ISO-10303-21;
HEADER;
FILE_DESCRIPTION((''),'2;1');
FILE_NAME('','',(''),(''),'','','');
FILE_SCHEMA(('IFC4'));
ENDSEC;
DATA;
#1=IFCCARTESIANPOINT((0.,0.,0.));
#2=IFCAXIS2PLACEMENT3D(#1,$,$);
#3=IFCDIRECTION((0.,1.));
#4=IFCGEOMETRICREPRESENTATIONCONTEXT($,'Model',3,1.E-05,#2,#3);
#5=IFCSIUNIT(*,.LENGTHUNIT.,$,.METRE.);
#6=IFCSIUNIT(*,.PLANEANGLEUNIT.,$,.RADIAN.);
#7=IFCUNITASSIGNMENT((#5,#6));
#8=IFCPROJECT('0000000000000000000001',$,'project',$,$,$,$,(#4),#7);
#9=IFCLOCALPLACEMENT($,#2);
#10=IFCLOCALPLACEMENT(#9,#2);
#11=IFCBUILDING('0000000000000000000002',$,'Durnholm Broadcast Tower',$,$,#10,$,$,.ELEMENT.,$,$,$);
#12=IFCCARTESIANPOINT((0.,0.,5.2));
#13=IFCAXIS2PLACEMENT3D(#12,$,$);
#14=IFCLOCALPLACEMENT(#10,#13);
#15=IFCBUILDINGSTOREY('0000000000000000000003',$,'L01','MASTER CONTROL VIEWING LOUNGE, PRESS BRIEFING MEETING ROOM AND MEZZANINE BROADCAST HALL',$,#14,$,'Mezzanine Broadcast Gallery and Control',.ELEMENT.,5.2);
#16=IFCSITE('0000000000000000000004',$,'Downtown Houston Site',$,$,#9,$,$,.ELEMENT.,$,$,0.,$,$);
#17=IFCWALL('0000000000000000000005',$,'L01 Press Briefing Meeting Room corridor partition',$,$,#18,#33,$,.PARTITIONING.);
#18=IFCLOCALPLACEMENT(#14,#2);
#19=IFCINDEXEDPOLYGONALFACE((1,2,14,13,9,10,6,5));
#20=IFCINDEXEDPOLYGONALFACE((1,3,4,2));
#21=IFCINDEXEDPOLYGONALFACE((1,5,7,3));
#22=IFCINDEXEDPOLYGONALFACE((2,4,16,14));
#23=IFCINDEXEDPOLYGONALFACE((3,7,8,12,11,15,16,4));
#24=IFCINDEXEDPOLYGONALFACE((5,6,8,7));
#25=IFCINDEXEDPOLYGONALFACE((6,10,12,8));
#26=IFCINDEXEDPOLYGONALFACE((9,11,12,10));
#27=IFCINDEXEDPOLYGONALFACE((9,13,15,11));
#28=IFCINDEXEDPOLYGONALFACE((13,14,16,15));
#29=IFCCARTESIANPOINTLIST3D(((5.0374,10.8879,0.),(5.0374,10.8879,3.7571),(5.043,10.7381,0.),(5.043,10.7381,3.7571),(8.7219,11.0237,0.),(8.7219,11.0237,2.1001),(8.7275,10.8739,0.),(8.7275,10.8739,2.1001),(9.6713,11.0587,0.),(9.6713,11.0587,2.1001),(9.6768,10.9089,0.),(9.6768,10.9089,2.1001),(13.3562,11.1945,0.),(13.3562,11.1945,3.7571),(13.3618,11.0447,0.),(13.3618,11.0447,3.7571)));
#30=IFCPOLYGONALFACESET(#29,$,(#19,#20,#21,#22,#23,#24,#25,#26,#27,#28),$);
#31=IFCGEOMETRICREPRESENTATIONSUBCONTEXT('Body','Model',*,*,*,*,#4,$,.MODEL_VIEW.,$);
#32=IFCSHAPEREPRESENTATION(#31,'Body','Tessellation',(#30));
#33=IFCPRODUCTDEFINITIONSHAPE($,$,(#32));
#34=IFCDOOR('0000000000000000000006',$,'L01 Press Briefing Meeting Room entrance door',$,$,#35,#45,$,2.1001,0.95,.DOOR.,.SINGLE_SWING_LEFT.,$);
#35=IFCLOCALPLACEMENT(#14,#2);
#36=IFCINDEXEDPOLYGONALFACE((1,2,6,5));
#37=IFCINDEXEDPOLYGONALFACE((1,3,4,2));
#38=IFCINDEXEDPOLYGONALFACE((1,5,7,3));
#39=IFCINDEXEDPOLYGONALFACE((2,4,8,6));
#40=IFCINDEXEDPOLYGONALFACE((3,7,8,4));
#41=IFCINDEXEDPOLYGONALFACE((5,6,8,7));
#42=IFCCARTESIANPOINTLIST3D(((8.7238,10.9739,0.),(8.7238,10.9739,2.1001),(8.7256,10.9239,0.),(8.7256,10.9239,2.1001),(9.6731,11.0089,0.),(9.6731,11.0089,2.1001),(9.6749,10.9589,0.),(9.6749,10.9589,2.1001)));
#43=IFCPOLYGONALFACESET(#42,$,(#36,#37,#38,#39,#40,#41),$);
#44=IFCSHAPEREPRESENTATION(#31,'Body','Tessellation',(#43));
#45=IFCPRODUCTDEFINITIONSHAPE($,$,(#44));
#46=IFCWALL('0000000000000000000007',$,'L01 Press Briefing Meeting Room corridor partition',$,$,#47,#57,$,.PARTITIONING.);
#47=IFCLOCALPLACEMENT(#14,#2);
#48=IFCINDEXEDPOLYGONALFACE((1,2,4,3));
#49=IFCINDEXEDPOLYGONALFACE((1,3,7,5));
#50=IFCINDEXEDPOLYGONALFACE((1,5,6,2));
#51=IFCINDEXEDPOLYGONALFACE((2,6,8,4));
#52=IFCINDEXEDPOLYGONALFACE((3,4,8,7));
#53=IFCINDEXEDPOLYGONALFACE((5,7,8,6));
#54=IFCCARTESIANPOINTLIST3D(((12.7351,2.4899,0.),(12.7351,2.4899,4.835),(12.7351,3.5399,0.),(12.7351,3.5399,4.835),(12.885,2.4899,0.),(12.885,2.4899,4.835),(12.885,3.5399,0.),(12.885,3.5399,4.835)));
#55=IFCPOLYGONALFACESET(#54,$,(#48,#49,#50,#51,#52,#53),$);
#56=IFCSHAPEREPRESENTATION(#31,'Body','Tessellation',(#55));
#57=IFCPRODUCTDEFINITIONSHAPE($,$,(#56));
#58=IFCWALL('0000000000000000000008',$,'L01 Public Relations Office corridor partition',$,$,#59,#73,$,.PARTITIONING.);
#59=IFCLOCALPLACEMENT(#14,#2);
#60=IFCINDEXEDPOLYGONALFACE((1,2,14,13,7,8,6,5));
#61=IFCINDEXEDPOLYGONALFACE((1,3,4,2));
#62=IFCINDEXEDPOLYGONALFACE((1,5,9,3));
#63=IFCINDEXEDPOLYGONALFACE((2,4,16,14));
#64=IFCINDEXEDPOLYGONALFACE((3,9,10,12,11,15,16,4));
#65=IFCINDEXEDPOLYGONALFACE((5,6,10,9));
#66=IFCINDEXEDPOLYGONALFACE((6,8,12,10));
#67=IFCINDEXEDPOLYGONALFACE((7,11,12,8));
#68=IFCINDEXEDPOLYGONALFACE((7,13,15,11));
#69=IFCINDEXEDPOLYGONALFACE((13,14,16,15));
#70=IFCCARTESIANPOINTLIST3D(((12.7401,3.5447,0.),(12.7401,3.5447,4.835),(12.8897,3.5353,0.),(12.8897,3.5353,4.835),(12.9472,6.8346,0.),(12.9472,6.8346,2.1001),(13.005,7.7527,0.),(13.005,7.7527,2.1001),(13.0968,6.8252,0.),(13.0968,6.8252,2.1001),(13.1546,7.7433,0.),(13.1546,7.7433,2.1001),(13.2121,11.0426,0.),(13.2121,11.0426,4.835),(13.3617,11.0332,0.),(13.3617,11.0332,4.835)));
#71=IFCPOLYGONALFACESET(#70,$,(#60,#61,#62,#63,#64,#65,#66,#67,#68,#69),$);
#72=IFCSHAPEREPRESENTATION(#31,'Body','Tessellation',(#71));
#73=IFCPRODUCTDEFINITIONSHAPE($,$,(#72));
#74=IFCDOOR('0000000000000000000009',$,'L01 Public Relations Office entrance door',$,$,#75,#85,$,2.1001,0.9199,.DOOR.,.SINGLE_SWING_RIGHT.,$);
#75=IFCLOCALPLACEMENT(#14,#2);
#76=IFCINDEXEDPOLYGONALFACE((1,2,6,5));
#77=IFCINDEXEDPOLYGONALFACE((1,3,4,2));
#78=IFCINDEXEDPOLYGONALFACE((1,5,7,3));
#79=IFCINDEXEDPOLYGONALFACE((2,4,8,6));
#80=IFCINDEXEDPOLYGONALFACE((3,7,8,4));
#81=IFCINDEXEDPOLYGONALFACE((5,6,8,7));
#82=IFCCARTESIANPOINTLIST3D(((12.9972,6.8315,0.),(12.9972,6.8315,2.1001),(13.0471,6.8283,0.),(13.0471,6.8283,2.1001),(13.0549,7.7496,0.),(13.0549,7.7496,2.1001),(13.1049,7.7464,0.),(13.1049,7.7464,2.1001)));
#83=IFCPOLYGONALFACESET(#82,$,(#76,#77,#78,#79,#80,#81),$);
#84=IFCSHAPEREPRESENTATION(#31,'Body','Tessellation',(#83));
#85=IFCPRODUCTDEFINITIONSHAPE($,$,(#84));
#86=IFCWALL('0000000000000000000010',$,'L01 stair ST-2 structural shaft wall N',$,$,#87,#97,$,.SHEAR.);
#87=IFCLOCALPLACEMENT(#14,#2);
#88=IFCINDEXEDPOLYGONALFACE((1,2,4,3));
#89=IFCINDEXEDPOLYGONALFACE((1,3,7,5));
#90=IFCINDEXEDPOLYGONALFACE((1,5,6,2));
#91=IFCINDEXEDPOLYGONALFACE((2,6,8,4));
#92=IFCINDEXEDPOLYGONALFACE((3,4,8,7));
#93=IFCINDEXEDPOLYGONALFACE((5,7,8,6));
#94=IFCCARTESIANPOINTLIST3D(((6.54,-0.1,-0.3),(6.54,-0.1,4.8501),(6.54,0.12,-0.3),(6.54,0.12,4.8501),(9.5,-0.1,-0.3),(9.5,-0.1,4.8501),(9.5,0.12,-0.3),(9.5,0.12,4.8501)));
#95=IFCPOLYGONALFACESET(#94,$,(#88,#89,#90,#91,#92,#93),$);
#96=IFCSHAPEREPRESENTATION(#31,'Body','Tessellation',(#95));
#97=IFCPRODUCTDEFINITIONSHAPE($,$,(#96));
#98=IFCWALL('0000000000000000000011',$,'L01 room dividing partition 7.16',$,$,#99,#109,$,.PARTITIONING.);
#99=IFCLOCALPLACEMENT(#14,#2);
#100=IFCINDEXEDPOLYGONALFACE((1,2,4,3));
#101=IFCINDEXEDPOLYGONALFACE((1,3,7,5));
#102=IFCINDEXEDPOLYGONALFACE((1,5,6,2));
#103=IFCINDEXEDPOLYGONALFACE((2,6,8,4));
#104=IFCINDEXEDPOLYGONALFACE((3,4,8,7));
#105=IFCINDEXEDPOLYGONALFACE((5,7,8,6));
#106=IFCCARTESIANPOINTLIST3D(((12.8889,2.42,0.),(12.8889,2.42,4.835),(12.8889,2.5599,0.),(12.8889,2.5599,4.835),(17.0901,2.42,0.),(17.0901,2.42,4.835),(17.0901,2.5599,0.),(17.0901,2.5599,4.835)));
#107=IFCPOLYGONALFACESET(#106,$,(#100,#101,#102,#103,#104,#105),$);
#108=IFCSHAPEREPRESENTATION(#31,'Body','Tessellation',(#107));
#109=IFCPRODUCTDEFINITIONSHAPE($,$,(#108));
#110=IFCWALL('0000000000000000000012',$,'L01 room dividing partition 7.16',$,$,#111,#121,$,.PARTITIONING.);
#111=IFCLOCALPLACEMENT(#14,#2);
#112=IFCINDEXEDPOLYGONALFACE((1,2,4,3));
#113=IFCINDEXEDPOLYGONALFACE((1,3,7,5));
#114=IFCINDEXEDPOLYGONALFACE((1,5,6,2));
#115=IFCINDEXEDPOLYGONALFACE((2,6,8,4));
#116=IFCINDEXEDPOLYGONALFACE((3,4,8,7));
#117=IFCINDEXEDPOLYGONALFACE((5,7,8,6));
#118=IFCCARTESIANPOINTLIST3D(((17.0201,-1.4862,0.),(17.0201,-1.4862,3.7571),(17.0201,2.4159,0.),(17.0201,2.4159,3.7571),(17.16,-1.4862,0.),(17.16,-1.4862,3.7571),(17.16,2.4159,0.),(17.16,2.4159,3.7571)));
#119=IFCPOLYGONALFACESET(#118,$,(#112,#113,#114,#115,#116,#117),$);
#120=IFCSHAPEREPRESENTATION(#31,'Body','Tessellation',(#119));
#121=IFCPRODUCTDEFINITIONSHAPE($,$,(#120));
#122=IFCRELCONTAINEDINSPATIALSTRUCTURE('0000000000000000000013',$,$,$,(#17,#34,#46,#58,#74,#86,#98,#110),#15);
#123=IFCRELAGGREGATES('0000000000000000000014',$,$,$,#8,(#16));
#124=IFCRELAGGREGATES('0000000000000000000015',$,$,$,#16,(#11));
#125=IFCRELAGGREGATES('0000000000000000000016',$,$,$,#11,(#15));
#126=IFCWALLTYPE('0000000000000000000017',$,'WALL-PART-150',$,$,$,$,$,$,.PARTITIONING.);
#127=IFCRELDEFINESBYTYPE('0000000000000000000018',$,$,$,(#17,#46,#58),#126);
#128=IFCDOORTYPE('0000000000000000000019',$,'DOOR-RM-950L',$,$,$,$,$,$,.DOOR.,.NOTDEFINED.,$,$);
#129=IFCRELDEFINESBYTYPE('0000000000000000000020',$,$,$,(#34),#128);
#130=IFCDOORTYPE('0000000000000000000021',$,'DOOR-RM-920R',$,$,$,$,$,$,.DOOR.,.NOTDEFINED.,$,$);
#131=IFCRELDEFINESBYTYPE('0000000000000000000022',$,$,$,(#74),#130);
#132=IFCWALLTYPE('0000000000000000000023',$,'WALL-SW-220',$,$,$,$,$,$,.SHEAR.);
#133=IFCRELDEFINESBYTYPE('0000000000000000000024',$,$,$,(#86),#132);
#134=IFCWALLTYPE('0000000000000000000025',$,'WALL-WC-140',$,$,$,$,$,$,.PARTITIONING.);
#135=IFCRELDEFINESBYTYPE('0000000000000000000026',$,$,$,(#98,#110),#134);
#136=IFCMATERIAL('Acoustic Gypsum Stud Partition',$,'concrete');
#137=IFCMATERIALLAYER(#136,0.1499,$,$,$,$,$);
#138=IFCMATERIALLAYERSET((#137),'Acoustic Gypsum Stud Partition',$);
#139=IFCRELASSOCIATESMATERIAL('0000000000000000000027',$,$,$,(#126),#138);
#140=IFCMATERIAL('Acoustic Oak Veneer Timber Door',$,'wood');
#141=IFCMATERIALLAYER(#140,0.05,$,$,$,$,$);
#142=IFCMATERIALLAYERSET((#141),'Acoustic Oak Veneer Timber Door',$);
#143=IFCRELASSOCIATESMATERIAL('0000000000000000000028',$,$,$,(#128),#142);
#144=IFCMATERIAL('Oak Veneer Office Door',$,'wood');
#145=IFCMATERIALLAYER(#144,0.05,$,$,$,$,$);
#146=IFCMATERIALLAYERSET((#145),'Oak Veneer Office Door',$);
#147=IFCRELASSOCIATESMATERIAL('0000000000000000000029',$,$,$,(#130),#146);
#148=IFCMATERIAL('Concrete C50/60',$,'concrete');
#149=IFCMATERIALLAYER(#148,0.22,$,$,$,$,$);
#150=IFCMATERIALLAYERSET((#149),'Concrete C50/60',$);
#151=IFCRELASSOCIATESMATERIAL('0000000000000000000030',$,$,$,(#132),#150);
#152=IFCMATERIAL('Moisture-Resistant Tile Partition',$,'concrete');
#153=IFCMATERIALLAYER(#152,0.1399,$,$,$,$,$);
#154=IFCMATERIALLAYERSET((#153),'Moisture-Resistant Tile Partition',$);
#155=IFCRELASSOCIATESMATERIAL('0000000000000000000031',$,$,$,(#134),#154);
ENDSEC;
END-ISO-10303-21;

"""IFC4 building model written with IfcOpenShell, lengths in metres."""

from ifc_helpers import new_model, si_unit, direction, frame, frame_2d, origin, place, context, subcontext, project, spatial, rectangle, extrude, source, transform, mapped, material, layer, layer_set, type_object, type_shapes, element, fill, save


model = new_model("IFC4")

# Units and contexts
model_context = context("Model", 3, precision=1e-05, world=origin(), true_north=direction((0.0, 1.0)))
body_context = subcontext(model_context, "Body", "Model", "MODEL_VIEW")
ifc_project = project(units=[si_unit("LENGTHUNIT", "METRE"), si_unit("PLANEANGLEUNIT", "RADIAN")], contexts=[model_context])

# Site, building, storey
site_placement = place(None, origin())
site = spatial("IfcSite", under=ifc_project, at=site_placement, Name="Downtown Houston Site", CompositionType="ELEMENT", RefElevation=0.0)
building_placement = place(site_placement, origin())
building = spatial("IfcBuilding", under=site, at=building_placement, Name="Durnholm Broadcast Tower", CompositionType="ELEMENT")
storey_placement = place(building_placement, frame((0.0, 0.0, 5.2)))
storey = spatial("IfcBuildingStorey", under=building, at=storey_placement, Name="L01", Description="MASTER CONTROL VIEWING LOUNGE, PRESS BRIEFING MEETING ROOM AND MEZZANINE BROADCAST HALL", LongName="Mezzanine Broadcast Gallery and Control", CompositionType="ELEMENT", Elevation=5.2)

# Wall, opening, door
ifc_material_1 = material(Name="Acoustic Gypsum Stud Partition", Category="concrete")
ifc_layer_1 = layer(ifc_material_1, 0.1499)
ifc_layer_set_1 = layer_set([ifc_layer_1], Name="Acoustic Gypsum Stud Partition")
wall_type_1 = type_object("IfcWallType", Name="WALL-PART-150", PredefinedType="PARTITIONING", material=ifc_layer_set_1)
wall_1_placement = place(storey_placement, frame((13.3589, 11.1196, 0.0), z_axis=(0.0, 0.0, 1.0), x_axis=(-0.999321, -0.036836, 0.0)))
wall_1 = element("IfcWall", 1, at=wall_1_placement, inside=storey, type_object=wall_type_1, Name="L01 Press Briefing Meeting Room corridor partition", PredefinedType="PARTITIONING", context=body_context, shape_type="SweptSolid", body=[
    extrude(rectangle(XDim=8.3245, YDim=0.1499, at=frame_2d((4.1621, 0.0))), origin(), (0.0, 0.0, 1.0), 3.7571),
])
opening_1_placement = place(wall_1_placement, frame((3.6873, 0.0, 0.0)))
opening_1 = element("IfcOpeningElement", 2, at=opening_1_placement, cuts=wall_1, PredefinedType="OPENING", context=body_context, shape_type="SweptSolid", body=[
    extrude(rectangle(XDim=0.95, YDim=2.1001, at=frame_2d((0.4751, 1.05))), frame((0.0, 0.085, 0.0), z_axis=(0.0, -1.0, 0.0), x_axis=(1.0, 0.0, 0.0)), (0.0, 0.0, 1.0), 0.1699),
])
ifc_material_2 = material(Name="Acoustic Oak Veneer Timber Door", Category="wood")
ifc_layer_2 = layer(ifc_material_2, 0.05)
ifc_layer_set_2 = layer_set([ifc_layer_2], Name="Acoustic Oak Veneer Timber Door")
door_type_1 = type_object("IfcDoorType", Name="DOOR-RM-950L", OperationType="NOTDEFINED", PredefinedType="DOOR", material=ifc_layer_set_2)
shared_shape_1 = source(origin(), body_context, "Body", "SweptSolid", [
    extrude(rectangle(XDim=0.95, YDim=2.1001, at=frame_2d((0.4751, 1.05))), frame((0.0, 0.0249, 0.0), z_axis=(0.0, -1.0, 0.0), x_axis=(1.0, 0.0, 0.0)), (0.0, 0.0, 1.0), 0.05),
])
type_shapes(door_type_1, [shared_shape_1])
door_1_placement = place(opening_1_placement, origin())
door_1 = element("IfcDoor", 3, at=door_1_placement, inside=storey, type_object=door_type_1, Name="L01 Press Briefing Meeting Room entrance door", OperationType="SINGLE_SWING_LEFT", OverallHeight=2.1001, OverallWidth=0.95, PredefinedType="DOOR", context=body_context, shape_type="MappedRepresentation", body=[
    mapped(shared_shape_1, transform((0.0, 0.0, 0.0), x_axis=(1.0, 0.0, 0.0), y_axis=(0.0, 1.0, 0.0), z_axis=(0.0, 0.0, 1.0), scale=1.0)),
])
fill(opening_1, door_1)

# Wall
wall_2_placement = place(storey_placement, frame((12.8101, 2.49, 0.0), z_axis=(0.0, 0.0, 1.0), x_axis=(0.0, 1.0, 0.0)))
element("IfcWall", 4, at=wall_2_placement, inside=storey, type_object=wall_type_1, Name="L01 Press Briefing Meeting Room corridor partition", PredefinedType="PARTITIONING", context=body_context, shape_type="SweptSolid", body=[
    extrude(rectangle(XDim=1.05, YDim=0.1499, at=frame_2d((0.5249, 0.0))), origin(), (0.0, 0.0, 1.0), 4.835),
])

# Wall, opening, door
wall_3_placement = place(storey_placement, frame((12.8149, 3.54, 0.0), z_axis=(0.0, 0.0, 1.0), x_axis=(0.062817, 0.998025, 0.0)))
wall_3 = element("IfcWall", 5, at=wall_3_placement, inside=storey, type_object=wall_type_1, Name="L01 Public Relations Office corridor partition", PredefinedType="PARTITIONING", context=body_context, shape_type="SweptSolid", body=[
    extrude(rectangle(XDim=7.5127, YDim=0.1499, at=frame_2d((3.7563, 0.0))), origin(), (0.0, 0.0, 1.0), 4.835),
])
opening_2_placement = place(wall_3_placement, frame((3.2964, 0.0, 0.0)))
opening_2 = element("IfcOpeningElement", 6, at=opening_2_placement, cuts=wall_3, PredefinedType="OPENING", context=body_context, shape_type="SweptSolid", body=[
    extrude(rectangle(XDim=0.9199, YDim=2.1001, at=frame_2d((0.46, 1.05))), frame((0.0, 0.085, 0.0), z_axis=(0.0, -1.0, 0.0), x_axis=(1.0, 0.0, 0.0)), (0.0, 0.0, 1.0), 0.1699),
])
ifc_material_3 = material(Name="Oak Veneer Office Door", Category="wood")
ifc_layer_3 = layer(ifc_material_3, 0.05)
ifc_layer_set_3 = layer_set([ifc_layer_3], Name="Oak Veneer Office Door")
door_type_2 = type_object("IfcDoorType", Name="DOOR-RM-920R", OperationType="NOTDEFINED", PredefinedType="DOOR", material=ifc_layer_set_3)
shared_shape_2 = source(origin(), body_context, "Body", "SweptSolid", [
    extrude(rectangle(XDim=0.9199, YDim=2.1001, at=frame_2d((0.46, 1.05))), frame((0.0, 0.0249, 0.0), z_axis=(0.0, -1.0, 0.0), x_axis=(1.0, 0.0, 0.0)), (0.0, 0.0, 1.0), 0.05),
])
type_shapes(door_type_2, [shared_shape_2])
door_2_placement = place(opening_2_placement, origin())
door_2 = element("IfcDoor", 7, at=door_2_placement, inside=storey, type_object=door_type_2, Name="L01 Public Relations Office entrance door", OperationType="SINGLE_SWING_RIGHT", OverallHeight=2.1001, OverallWidth=0.9199, PredefinedType="DOOR", context=body_context, shape_type="MappedRepresentation", body=[
    mapped(shared_shape_2, transform((0.0, 0.0, 0.0), x_axis=(1.0, 0.0, 0.0), y_axis=(0.0, 1.0, 0.0), z_axis=(0.0, 0.0, 1.0), scale=1.0)),
])
fill(opening_2, door_2)

# Walls
ifc_material_4 = material(Name="Concrete C50/60", Category="concrete")
ifc_layer_4 = layer(ifc_material_4, 0.22)
ifc_layer_set_4 = layer_set([ifc_layer_4], Name="Concrete C50/60")
wall_type_2 = type_object("IfcWallType", Name="WALL-SW-220", PredefinedType="SHEAR", material=ifc_layer_set_4)
wall_4_placement = place(storey_placement, frame((9.5, 0.01, -0.3), z_axis=(0.0, 0.0, 1.0), x_axis=(-1.0, 0.0, 0.0)))
element("IfcWall", 8, at=wall_4_placement, inside=storey, type_object=wall_type_2, Name="L01 stair ST-2 structural shaft wall N", PredefinedType="SHEAR", context=body_context, shape_type="SweptSolid", body=[
    extrude(rectangle(XDim=2.96, YDim=0.22, at=frame_2d((1.48, 0.0))), origin(), (0.0, 0.0, 1.0), 5.1501),
])
ifc_material_5 = material(Name="Moisture-Resistant Tile Partition", Category="concrete")
ifc_layer_5 = layer(ifc_material_5, 0.1399)
ifc_layer_set_5 = layer_set([ifc_layer_5], Name="Moisture-Resistant Tile Partition")
wall_type_3 = type_object("IfcWallType", Name="WALL-WC-140", PredefinedType="PARTITIONING", material=ifc_layer_set_5)
wall_5_placement = place(storey_placement, frame((12.8889, 2.49, 0.0), z_axis=(0.0, 0.0, 1.0), x_axis=(1.0, 0.0, 0.0)))
element("IfcWall", 9, at=wall_5_placement, inside=storey, type_object=wall_type_3, Name="L01 room dividing partition 7.16", PredefinedType="PARTITIONING", context=body_context, shape_type="SweptSolid", body=[
    extrude(rectangle(XDim=4.2012, YDim=0.1399, at=frame_2d((2.1006, 0.0))), origin(), (0.0, 0.0, 1.0), 4.835),
])
wall_6_placement = place(storey_placement, frame((17.0901, 2.416, 0.0), z_axis=(0.0, 0.0, 1.0), x_axis=(0.0, -1.0, 0.0)))
element("IfcWall", 10, at=wall_6_placement, inside=storey, type_object=wall_type_3, Name="L01 room dividing partition 7.16", PredefinedType="PARTITIONING", context=body_context, shape_type="SweptSolid", body=[
    extrude(rectangle(XDim=3.9021, YDim=0.1399, at=frame_2d((1.9512, 0.0))), origin(), (0.0, 0.0, 1.0), 3.7571),
])

save(model, "model.ifc")
